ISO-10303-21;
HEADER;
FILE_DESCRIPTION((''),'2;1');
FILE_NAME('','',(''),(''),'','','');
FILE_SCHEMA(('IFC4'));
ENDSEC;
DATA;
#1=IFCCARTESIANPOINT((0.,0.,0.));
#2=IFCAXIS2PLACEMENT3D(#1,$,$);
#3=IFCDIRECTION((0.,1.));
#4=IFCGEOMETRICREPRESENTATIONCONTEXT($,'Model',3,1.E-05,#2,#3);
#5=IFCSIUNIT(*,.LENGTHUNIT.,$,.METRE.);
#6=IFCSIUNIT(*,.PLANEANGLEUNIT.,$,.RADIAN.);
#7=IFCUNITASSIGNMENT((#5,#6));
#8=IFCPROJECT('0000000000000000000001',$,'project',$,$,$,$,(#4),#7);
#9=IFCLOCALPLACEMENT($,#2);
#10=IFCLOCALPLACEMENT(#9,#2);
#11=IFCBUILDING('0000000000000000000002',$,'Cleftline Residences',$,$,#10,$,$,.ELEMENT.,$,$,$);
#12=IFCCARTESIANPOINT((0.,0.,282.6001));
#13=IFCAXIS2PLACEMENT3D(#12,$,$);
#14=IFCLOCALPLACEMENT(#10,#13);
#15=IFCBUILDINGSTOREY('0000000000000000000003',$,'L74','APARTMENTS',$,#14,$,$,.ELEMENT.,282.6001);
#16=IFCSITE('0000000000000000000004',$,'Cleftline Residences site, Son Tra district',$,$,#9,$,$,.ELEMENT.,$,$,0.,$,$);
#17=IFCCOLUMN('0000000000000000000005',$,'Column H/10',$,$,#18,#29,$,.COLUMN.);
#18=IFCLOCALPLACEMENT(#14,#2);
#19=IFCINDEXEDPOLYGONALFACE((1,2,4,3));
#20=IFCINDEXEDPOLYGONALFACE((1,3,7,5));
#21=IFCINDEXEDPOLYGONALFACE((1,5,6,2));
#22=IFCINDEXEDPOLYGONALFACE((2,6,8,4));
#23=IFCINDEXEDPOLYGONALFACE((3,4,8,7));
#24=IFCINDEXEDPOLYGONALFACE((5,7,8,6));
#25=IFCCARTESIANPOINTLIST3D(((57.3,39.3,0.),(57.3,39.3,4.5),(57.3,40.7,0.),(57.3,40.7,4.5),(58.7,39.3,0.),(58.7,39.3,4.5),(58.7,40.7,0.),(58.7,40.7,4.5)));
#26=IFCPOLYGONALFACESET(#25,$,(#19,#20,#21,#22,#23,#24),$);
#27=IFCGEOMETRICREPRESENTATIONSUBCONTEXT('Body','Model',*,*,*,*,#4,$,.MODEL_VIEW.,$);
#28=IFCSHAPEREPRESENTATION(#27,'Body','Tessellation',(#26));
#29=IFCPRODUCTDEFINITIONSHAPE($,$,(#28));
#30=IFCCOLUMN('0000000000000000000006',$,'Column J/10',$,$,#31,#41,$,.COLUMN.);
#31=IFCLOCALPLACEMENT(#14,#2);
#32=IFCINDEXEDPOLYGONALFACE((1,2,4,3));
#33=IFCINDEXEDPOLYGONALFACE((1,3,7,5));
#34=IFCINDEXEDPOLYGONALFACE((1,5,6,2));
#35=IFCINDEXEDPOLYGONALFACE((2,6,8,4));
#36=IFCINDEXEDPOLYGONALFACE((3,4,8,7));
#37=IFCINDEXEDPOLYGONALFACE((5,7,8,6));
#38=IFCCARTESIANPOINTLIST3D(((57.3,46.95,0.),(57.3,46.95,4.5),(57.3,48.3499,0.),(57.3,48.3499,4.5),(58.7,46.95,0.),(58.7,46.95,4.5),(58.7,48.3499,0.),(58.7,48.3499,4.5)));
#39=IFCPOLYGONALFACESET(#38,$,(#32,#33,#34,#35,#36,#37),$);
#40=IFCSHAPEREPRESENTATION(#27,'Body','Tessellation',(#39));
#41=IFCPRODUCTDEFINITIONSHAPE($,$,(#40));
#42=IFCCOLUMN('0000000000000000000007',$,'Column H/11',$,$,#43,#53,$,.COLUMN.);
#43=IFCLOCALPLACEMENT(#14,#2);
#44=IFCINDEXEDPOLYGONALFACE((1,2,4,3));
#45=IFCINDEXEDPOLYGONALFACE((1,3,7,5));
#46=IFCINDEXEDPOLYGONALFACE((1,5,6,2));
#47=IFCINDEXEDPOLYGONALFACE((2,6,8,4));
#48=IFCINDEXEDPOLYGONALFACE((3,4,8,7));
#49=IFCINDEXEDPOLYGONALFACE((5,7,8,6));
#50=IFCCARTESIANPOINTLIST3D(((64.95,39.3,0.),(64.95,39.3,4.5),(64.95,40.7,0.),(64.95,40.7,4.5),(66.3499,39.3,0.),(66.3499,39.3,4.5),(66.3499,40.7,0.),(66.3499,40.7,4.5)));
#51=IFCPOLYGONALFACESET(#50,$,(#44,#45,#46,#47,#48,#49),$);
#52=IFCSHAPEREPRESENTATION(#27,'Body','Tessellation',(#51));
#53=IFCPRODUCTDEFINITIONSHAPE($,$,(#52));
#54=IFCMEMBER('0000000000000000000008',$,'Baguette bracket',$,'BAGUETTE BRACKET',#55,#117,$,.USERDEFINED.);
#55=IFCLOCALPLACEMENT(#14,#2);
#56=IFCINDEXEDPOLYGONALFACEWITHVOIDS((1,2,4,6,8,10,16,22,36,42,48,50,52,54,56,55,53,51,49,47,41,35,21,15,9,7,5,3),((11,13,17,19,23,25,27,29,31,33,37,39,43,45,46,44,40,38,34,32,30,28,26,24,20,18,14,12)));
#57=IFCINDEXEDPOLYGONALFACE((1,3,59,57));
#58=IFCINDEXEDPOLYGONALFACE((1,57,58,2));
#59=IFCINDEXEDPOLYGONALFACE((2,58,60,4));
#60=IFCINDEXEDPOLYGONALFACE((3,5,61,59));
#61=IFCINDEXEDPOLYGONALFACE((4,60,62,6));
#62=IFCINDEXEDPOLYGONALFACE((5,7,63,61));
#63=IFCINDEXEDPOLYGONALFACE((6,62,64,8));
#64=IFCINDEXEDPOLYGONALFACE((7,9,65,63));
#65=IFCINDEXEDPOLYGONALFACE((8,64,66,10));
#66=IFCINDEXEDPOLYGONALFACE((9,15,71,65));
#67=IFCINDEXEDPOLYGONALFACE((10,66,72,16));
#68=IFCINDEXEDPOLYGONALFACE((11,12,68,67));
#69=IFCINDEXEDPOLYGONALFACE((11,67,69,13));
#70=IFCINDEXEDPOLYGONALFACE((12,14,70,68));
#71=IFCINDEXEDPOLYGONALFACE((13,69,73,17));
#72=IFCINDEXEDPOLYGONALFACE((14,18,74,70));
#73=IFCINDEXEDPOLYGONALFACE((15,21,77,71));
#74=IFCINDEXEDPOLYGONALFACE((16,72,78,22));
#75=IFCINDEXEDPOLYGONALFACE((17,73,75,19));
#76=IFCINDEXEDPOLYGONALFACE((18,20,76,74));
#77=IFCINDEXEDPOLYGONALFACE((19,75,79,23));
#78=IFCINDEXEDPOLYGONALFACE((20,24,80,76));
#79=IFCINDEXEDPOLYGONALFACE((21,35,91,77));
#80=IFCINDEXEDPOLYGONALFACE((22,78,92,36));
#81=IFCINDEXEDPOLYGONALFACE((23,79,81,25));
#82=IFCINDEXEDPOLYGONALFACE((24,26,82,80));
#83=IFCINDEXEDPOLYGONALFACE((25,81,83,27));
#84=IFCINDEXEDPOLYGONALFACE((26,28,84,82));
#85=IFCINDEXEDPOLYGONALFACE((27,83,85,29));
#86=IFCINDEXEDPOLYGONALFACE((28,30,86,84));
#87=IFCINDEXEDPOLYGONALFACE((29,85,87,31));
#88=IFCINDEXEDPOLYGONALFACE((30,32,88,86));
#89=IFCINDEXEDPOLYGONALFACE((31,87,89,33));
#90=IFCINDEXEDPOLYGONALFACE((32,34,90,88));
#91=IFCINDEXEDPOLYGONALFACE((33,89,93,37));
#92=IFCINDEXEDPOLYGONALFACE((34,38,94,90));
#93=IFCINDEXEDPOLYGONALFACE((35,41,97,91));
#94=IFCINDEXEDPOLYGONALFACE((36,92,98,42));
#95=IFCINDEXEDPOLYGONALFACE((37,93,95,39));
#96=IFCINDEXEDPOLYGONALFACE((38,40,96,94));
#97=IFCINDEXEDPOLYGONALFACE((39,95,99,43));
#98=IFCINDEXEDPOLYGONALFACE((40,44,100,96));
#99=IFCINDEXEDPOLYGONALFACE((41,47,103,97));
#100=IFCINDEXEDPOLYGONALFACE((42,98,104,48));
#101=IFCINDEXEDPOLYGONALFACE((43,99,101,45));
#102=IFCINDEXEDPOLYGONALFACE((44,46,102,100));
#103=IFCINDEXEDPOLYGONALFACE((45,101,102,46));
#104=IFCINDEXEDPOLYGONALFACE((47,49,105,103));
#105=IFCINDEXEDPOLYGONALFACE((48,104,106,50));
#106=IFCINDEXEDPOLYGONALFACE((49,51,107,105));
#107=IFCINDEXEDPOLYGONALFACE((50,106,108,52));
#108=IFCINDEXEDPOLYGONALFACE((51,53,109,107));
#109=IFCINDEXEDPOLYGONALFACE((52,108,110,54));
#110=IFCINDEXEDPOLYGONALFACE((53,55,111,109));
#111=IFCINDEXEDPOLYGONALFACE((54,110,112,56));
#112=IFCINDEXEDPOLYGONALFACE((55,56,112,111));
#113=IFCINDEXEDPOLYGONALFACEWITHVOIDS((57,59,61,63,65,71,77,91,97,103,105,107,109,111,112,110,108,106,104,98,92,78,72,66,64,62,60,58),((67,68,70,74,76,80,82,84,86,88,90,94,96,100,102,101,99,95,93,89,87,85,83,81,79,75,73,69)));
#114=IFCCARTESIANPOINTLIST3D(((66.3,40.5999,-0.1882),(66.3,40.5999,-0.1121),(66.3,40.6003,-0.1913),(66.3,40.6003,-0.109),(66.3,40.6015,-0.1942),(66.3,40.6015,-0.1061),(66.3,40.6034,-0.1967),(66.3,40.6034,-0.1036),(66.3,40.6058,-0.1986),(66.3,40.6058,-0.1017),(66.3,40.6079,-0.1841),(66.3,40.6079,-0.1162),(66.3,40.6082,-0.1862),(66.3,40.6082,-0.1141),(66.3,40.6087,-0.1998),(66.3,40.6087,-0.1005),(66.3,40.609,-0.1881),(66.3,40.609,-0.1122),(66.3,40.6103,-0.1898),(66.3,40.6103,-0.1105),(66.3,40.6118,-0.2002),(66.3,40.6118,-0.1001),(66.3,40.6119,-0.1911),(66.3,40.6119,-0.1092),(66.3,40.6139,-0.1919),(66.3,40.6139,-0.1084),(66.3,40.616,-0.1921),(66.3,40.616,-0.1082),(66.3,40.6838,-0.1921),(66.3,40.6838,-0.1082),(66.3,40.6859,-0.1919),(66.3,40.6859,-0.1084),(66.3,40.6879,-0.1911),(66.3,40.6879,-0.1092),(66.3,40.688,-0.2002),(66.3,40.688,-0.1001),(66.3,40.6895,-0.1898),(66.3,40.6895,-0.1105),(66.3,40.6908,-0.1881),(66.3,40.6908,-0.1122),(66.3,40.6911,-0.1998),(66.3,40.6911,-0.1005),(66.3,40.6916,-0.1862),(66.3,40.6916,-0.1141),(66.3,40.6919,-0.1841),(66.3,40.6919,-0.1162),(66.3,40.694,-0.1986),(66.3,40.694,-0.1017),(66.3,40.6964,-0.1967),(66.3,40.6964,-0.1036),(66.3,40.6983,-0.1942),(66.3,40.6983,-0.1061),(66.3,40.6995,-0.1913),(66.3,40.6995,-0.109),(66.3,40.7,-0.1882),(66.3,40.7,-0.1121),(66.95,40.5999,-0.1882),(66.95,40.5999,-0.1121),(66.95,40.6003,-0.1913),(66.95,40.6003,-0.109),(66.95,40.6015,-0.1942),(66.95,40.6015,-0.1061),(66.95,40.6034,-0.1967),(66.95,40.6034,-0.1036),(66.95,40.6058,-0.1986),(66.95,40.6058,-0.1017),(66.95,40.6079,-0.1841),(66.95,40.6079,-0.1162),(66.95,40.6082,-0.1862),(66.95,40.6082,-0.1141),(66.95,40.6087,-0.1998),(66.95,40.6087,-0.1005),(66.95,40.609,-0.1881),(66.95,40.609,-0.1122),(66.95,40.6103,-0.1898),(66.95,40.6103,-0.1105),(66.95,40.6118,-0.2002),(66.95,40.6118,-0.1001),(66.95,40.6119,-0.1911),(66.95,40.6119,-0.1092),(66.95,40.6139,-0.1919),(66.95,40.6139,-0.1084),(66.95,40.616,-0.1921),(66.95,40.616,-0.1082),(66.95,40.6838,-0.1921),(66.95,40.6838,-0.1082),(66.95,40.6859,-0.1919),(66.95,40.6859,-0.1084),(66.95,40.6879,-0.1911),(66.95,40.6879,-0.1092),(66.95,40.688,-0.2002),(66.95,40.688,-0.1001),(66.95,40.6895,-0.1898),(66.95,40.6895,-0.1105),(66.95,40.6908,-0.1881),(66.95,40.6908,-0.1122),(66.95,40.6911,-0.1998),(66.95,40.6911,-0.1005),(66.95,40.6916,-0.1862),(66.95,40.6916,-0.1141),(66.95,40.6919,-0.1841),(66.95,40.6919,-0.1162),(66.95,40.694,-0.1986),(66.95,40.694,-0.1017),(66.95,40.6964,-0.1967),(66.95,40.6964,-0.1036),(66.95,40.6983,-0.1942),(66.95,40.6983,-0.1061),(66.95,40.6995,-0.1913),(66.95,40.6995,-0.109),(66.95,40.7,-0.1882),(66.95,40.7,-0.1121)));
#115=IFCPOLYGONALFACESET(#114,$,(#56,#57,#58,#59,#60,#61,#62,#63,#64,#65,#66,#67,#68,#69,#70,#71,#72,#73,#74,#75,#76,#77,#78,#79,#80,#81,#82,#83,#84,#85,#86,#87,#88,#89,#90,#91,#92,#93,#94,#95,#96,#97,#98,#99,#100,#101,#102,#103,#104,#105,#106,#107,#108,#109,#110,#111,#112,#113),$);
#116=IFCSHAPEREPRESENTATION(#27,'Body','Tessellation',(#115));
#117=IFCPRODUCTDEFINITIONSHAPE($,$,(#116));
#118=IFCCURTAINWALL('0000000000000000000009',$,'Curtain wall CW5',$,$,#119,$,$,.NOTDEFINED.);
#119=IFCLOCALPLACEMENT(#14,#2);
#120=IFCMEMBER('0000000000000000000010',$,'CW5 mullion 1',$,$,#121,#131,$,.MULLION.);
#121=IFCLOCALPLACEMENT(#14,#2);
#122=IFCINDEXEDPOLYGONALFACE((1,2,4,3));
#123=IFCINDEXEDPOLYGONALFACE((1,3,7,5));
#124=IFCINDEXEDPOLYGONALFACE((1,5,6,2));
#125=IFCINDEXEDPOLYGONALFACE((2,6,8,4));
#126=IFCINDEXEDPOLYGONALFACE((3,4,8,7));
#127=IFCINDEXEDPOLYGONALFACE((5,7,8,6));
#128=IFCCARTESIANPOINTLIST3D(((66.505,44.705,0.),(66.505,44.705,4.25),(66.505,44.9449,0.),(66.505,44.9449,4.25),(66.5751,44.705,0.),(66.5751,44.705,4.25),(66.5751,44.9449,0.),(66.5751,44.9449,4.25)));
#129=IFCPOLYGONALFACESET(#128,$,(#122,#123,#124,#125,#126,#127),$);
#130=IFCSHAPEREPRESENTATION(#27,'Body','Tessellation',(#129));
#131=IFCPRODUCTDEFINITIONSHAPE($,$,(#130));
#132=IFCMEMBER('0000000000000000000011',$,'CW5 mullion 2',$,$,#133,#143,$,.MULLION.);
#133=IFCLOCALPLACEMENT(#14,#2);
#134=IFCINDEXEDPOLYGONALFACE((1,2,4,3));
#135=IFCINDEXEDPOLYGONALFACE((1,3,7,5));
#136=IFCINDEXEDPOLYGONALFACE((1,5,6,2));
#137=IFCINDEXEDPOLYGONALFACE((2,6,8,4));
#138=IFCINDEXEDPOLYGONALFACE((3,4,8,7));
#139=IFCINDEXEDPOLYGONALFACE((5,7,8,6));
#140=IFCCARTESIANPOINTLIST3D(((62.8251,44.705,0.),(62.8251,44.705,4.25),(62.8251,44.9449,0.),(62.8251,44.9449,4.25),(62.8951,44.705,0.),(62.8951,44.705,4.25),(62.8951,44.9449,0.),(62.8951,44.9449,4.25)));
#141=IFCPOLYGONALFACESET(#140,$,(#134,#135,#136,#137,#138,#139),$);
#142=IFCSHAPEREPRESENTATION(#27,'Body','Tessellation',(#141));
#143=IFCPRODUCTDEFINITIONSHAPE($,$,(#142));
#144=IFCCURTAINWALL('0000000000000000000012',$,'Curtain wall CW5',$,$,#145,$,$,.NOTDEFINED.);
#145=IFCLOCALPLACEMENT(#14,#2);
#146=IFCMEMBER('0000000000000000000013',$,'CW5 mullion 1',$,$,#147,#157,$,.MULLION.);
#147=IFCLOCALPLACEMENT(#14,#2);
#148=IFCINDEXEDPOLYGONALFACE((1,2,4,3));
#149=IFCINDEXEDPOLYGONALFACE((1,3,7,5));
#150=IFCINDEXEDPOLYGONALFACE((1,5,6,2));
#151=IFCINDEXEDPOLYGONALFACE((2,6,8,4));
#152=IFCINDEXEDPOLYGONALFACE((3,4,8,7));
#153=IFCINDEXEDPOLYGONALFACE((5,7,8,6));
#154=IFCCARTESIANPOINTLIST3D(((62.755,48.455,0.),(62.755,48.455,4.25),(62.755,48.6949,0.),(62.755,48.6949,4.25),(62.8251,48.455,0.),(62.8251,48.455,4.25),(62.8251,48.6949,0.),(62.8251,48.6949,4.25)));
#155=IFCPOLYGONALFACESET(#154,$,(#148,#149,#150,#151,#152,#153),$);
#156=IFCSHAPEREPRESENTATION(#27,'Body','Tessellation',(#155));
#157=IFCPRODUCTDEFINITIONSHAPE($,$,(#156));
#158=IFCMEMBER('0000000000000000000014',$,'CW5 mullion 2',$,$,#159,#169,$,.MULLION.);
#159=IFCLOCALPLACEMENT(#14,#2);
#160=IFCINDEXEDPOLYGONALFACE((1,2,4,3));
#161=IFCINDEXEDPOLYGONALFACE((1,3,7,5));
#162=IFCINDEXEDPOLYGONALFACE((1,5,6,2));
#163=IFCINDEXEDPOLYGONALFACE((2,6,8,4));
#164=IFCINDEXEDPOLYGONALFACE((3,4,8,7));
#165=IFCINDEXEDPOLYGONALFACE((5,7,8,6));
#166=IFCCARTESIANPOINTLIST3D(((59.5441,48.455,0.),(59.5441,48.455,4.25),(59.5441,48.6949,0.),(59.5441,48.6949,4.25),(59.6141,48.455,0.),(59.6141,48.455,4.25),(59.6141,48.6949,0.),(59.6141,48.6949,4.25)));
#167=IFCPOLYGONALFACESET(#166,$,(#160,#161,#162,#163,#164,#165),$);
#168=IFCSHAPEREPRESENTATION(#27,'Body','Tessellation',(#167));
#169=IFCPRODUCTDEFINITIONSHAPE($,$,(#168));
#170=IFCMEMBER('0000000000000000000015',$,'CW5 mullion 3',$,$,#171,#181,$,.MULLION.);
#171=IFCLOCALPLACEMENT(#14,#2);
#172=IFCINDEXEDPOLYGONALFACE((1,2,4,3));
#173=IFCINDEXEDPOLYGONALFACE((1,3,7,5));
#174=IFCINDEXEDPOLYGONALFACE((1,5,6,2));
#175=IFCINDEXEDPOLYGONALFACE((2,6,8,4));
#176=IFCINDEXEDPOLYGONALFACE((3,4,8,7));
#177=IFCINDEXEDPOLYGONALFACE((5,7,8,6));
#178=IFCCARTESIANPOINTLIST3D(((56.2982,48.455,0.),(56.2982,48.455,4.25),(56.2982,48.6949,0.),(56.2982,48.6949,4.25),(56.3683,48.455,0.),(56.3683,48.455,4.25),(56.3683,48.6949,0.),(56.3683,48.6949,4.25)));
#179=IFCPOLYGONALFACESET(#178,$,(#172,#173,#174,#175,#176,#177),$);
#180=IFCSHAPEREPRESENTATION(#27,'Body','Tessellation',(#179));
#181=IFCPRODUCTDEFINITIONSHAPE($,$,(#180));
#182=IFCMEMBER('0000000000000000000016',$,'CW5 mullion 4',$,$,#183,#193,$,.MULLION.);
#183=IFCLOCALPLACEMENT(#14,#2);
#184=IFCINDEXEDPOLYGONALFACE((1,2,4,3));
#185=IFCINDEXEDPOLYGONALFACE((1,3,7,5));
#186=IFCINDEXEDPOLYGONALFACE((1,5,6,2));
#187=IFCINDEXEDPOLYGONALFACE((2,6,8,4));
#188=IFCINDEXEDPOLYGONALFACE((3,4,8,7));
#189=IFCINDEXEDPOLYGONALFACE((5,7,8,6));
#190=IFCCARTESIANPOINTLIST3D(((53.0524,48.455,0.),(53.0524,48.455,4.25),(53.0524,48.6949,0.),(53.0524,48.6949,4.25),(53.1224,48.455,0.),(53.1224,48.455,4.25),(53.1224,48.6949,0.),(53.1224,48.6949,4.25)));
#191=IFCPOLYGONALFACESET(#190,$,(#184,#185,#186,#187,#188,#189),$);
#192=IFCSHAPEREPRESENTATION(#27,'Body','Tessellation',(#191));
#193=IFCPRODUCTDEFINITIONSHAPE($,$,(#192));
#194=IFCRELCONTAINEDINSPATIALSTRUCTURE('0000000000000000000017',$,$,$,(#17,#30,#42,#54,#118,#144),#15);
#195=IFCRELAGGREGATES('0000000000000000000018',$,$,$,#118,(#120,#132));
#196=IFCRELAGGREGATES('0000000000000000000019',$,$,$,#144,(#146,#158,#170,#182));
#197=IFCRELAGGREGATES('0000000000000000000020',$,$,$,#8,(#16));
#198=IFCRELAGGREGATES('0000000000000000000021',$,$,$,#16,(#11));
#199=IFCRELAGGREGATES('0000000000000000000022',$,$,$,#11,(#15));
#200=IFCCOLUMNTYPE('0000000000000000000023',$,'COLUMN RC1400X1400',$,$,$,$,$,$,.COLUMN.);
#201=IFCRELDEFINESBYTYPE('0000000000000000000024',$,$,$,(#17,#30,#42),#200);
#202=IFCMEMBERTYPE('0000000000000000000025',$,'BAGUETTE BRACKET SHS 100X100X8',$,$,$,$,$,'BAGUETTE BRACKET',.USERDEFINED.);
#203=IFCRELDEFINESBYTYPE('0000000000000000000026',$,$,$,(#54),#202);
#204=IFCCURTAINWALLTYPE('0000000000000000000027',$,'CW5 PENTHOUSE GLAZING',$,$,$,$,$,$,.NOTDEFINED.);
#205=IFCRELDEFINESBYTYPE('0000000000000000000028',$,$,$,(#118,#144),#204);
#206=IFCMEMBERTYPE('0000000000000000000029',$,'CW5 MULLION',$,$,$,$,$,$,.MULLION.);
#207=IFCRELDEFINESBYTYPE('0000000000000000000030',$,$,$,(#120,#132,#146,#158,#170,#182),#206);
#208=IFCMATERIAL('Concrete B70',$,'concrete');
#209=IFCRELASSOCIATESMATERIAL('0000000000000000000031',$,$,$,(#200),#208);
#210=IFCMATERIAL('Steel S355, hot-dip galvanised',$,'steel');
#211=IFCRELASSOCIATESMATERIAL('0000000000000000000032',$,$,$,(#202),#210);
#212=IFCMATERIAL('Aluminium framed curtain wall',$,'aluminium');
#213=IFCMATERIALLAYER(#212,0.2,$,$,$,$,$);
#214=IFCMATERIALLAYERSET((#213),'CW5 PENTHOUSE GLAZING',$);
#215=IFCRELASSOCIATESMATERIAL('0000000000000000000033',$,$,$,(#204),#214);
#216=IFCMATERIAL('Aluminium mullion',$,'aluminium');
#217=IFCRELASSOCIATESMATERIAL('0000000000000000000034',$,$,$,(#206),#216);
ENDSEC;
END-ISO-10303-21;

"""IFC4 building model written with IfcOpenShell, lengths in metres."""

from ifc_helpers import new_model, si_unit, direction, frame, origin, origin_2d, place, context, subcontext, project, spatial, rectangle, hollow_rectangle, extrude, material, layer, layer_set, material_profile, profile_set, type_object, element, aggregate, save


model = new_model("IFC4")

# Units and contexts
model_context = context("Model", 3, precision=1e-05, world=origin(), true_north=direction((0.0, 1.0)))
body_context = subcontext(model_context, "Body", "Model", "MODEL_VIEW")
ifc_project = project(units=[si_unit("LENGTHUNIT", "METRE"), si_unit("PLANEANGLEUNIT", "RADIAN")], contexts=[model_context])

# Site, building, storey
site_placement = place(None, origin())
site = spatial("IfcSite", under=ifc_project, at=site_placement, Name="Cleftline Residences site, Son Tra district", CompositionType="ELEMENT", RefElevation=0.0)
building_placement = place(site_placement, origin())
building = spatial("IfcBuilding", under=site, at=building_placement, Name="Cleftline Residences", CompositionType="ELEMENT")
storey_placement = place(building_placement, frame((0.0, 0.0, 282.6001)))
storey = spatial("IfcBuildingStorey", under=building, at=storey_placement, Name="L74", Description="APARTMENTS", CompositionType="ELEMENT", Elevation=282.6001)

# Columns
ifc_material_1 = material(Name="Concrete B70", Category="concrete")
ifc_material_profile_1 = material_profile(ifc_material_1, rectangle(XDim=1.3999, YDim=1.3999, at=origin_2d()))
ifc_profile_set_1 = profile_set([ifc_material_profile_1], Name="Concrete B70")
column_type = type_object("IfcColumnType", Name="COLUMN RC1400X1400", PredefinedType="COLUMN", material=ifc_profile_set_1)
for number, where, z_axis, x_axis, name in (
    (1, (58.0, 40.0, 0.0), (0.0, 0.0, 1.0), (1.0, 0.0, 0.0), "Column H/10"),
    (2, (58.0, 47.6499, 0.0), (0.0, 0.0, 1.0), (1.0, 0.0, 0.0), "Column J/10"),
    (3, (65.6499, 40.0, 0.0), (0.0, 0.0, 1.0), (1.0, 0.0, 0.0), "Column H/11"),
):
    element("IfcColumn", number, at=place(storey_placement, frame(where, z_axis=z_axis, x_axis=x_axis)), inside=storey, type_object=column_type, Name=name, PredefinedType="COLUMN", context=body_context, shape_type="SweptSolid", body=[
        extrude(rectangle(XDim=1.3999, YDim=1.3999, at=origin_2d()), origin(), (0.0, 0.0, 1.0), 4.5),
    ])

# Member
ifc_material_2 = material(Name="Steel S355, hot-dip galvanised", Category="steel")
ifc_material_profile_2 = material_profile(ifc_material_2, hollow_rectangle(XDim=0.1001, YDim=0.1001, WallThickness=0.0081, InnerFilletRadius=0.0081, OuterFilletRadius=0.012, at=origin_2d()))
ifc_profile_set_2 = profile_set([ifc_material_profile_2], Name="Steel S355, hot-dip galvanised")
member_type_1 = type_object("IfcMemberType", Name="BAGUETTE BRACKET SHS 100X100X8", ElementType="BAGUETTE BRACKET", PredefinedType="USERDEFINED", material=ifc_profile_set_2)
member_1_placement = place(storey_placement, frame((66.3, 40.6499, -0.1501), z_axis=(1.0, 0.0, 0.0), x_axis=(0.0, 1.0, 0.0)))
element("IfcMember", 4, at=member_1_placement, inside=storey, type_object=member_type_1, Name="Baguette bracket", ObjectType="BAGUETTE BRACKET", PredefinedType="USERDEFINED", context=body_context, shape_type="SweptSolid", body=[
    extrude(hollow_rectangle(XDim=0.1001, YDim=0.1001, WallThickness=0.0081, InnerFilletRadius=0.0081, OuterFilletRadius=0.012, at=origin_2d()), origin(), (0.0, 0.0, 1.0), 0.6499),
])

# Curtain walls, members
ifc_material_3 = material(Name="Aluminium framed curtain wall", Category="aluminium")
ifc_layer_1 = layer(ifc_material_3, 0.2)
ifc_layer_set_1 = layer_set([ifc_layer_1], Name="CW5 PENTHOUSE GLAZING")
curtain_wall_type = type_object("IfcCurtainWallType", Name="CW5 PENTHOUSE GLAZING", PredefinedType="NOTDEFINED", material=ifc_layer_set_1)
curtain_wall_1_placement = place(storey_placement, origin())
curtain_wall_1 = element("IfcCurtainWall", 5, at=curtain_wall_1_placement, inside=storey, type_object=curtain_wall_type, Name="Curtain wall CW5", PredefinedType="NOTDEFINED")
ifc_material_4 = material(Name="Aluminium mullion", Category="aluminium")
ifc_material_profile_3 = material_profile(ifc_material_4, rectangle(XDim=0.24, YDim=0.0701, at=origin_2d()))
ifc_profile_set_3 = profile_set([ifc_material_profile_3], Name="Aluminium mullion")
member_type_2 = type_object("IfcMemberType", Name="CW5 MULLION", PredefinedType="MULLION", material=ifc_profile_set_3)
member_2_placement = place(storey_placement, frame((66.54, 44.825, 0.0), z_axis=(0.0, 0.0, 1.0), x_axis=(0.0, -1.0, 0.0)))
member_2 = element("IfcMember", 6, at=member_2_placement, type_object=member_type_2, Name="CW5 mullion 1", PredefinedType="MULLION", context=body_context, shape_type="SweptSolid", body=[
    extrude(rectangle(XDim=0.24, YDim=0.0701, at=origin_2d()), origin(), (0.0, 0.0, 1.0), 4.25),
])
member_3_placement = place(storey_placement, frame((62.8601, 44.825, 0.0), z_axis=(0.0, 0.0, 1.0), x_axis=(0.0, -1.0, 0.0)))
member_3 = element("IfcMember", 7, at=member_3_placement, type_object=member_type_2, Name="CW5 mullion 2", PredefinedType="MULLION", context=body_context, shape_type="SweptSolid", body=[
    extrude(rectangle(XDim=0.24, YDim=0.0701, at=origin_2d()), origin(), (0.0, 0.0, 1.0), 4.25),
])
curtain_wall_2_placement = place(storey_placement, origin())
curtain_wall_2 = element("IfcCurtainWall", 8, at=curtain_wall_2_placement, inside=storey, type_object=curtain_wall_type, Name="Curtain wall CW5", PredefinedType="NOTDEFINED")
member_4_placement = place(storey_placement, frame((62.79, 48.575, 0.0), z_axis=(0.0, 0.0, 1.0), x_axis=(0.0, -1.0, 0.0)))
member_4 = element("IfcMember", 9, at=member_4_placement, type_object=member_type_2, Name="CW5 mullion 1", PredefinedType="MULLION", context=body_context, shape_type="SweptSolid", body=[
    extrude(rectangle(XDim=0.24, YDim=0.0701, at=origin_2d()), origin(), (0.0, 0.0, 1.0), 4.25),
])
member_5_placement = place(storey_placement, frame((59.5791, 48.575, 0.0), z_axis=(0.0, 0.0, 1.0), x_axis=(0.0, -1.0, 0.0)))
member_5 = element("IfcMember", 10, at=member_5_placement, type_object=member_type_2, Name="CW5 mullion 2", PredefinedType="MULLION", context=body_context, shape_type="SweptSolid", body=[
    extrude(rectangle(XDim=0.24, YDim=0.0701, at=origin_2d()), origin(), (0.0, 0.0, 1.0), 4.25),
])
member_6_placement = place(storey_placement, frame((56.3333, 48.575, 0.0), z_axis=(0.0, 0.0, 1.0), x_axis=(0.0, -1.0, 0.0)))
member_6 = element("IfcMember", 11, at=member_6_placement, type_object=member_type_2, Name="CW5 mullion 3", PredefinedType="MULLION", context=body_context, shape_type="SweptSolid", body=[
    extrude(rectangle(XDim=0.24, YDim=0.0701, at=origin_2d()), origin(), (0.0, 0.0, 1.0), 4.25),
])
member_7_placement = place(storey_placement, frame((53.0874, 48.575, 0.0), z_axis=(0.0, 0.0, 1.0), x_axis=(0.0, -1.0, 0.0)))
member_7 = element("IfcMember", 12, at=member_7_placement, type_object=member_type_2, Name="CW5 mullion 4", PredefinedType="MULLION", context=body_context, shape_type="SweptSolid", body=[
    extrude(rectangle(XDim=0.24, YDim=0.0701, at=origin_2d()), origin(), (0.0, 0.0, 1.0), 4.25),
])

aggregate(curtain_wall_1, [member_2, member_3])
aggregate(curtain_wall_2, [member_4, member_5, member_6, member_7])

save(model, "model.ifc")
